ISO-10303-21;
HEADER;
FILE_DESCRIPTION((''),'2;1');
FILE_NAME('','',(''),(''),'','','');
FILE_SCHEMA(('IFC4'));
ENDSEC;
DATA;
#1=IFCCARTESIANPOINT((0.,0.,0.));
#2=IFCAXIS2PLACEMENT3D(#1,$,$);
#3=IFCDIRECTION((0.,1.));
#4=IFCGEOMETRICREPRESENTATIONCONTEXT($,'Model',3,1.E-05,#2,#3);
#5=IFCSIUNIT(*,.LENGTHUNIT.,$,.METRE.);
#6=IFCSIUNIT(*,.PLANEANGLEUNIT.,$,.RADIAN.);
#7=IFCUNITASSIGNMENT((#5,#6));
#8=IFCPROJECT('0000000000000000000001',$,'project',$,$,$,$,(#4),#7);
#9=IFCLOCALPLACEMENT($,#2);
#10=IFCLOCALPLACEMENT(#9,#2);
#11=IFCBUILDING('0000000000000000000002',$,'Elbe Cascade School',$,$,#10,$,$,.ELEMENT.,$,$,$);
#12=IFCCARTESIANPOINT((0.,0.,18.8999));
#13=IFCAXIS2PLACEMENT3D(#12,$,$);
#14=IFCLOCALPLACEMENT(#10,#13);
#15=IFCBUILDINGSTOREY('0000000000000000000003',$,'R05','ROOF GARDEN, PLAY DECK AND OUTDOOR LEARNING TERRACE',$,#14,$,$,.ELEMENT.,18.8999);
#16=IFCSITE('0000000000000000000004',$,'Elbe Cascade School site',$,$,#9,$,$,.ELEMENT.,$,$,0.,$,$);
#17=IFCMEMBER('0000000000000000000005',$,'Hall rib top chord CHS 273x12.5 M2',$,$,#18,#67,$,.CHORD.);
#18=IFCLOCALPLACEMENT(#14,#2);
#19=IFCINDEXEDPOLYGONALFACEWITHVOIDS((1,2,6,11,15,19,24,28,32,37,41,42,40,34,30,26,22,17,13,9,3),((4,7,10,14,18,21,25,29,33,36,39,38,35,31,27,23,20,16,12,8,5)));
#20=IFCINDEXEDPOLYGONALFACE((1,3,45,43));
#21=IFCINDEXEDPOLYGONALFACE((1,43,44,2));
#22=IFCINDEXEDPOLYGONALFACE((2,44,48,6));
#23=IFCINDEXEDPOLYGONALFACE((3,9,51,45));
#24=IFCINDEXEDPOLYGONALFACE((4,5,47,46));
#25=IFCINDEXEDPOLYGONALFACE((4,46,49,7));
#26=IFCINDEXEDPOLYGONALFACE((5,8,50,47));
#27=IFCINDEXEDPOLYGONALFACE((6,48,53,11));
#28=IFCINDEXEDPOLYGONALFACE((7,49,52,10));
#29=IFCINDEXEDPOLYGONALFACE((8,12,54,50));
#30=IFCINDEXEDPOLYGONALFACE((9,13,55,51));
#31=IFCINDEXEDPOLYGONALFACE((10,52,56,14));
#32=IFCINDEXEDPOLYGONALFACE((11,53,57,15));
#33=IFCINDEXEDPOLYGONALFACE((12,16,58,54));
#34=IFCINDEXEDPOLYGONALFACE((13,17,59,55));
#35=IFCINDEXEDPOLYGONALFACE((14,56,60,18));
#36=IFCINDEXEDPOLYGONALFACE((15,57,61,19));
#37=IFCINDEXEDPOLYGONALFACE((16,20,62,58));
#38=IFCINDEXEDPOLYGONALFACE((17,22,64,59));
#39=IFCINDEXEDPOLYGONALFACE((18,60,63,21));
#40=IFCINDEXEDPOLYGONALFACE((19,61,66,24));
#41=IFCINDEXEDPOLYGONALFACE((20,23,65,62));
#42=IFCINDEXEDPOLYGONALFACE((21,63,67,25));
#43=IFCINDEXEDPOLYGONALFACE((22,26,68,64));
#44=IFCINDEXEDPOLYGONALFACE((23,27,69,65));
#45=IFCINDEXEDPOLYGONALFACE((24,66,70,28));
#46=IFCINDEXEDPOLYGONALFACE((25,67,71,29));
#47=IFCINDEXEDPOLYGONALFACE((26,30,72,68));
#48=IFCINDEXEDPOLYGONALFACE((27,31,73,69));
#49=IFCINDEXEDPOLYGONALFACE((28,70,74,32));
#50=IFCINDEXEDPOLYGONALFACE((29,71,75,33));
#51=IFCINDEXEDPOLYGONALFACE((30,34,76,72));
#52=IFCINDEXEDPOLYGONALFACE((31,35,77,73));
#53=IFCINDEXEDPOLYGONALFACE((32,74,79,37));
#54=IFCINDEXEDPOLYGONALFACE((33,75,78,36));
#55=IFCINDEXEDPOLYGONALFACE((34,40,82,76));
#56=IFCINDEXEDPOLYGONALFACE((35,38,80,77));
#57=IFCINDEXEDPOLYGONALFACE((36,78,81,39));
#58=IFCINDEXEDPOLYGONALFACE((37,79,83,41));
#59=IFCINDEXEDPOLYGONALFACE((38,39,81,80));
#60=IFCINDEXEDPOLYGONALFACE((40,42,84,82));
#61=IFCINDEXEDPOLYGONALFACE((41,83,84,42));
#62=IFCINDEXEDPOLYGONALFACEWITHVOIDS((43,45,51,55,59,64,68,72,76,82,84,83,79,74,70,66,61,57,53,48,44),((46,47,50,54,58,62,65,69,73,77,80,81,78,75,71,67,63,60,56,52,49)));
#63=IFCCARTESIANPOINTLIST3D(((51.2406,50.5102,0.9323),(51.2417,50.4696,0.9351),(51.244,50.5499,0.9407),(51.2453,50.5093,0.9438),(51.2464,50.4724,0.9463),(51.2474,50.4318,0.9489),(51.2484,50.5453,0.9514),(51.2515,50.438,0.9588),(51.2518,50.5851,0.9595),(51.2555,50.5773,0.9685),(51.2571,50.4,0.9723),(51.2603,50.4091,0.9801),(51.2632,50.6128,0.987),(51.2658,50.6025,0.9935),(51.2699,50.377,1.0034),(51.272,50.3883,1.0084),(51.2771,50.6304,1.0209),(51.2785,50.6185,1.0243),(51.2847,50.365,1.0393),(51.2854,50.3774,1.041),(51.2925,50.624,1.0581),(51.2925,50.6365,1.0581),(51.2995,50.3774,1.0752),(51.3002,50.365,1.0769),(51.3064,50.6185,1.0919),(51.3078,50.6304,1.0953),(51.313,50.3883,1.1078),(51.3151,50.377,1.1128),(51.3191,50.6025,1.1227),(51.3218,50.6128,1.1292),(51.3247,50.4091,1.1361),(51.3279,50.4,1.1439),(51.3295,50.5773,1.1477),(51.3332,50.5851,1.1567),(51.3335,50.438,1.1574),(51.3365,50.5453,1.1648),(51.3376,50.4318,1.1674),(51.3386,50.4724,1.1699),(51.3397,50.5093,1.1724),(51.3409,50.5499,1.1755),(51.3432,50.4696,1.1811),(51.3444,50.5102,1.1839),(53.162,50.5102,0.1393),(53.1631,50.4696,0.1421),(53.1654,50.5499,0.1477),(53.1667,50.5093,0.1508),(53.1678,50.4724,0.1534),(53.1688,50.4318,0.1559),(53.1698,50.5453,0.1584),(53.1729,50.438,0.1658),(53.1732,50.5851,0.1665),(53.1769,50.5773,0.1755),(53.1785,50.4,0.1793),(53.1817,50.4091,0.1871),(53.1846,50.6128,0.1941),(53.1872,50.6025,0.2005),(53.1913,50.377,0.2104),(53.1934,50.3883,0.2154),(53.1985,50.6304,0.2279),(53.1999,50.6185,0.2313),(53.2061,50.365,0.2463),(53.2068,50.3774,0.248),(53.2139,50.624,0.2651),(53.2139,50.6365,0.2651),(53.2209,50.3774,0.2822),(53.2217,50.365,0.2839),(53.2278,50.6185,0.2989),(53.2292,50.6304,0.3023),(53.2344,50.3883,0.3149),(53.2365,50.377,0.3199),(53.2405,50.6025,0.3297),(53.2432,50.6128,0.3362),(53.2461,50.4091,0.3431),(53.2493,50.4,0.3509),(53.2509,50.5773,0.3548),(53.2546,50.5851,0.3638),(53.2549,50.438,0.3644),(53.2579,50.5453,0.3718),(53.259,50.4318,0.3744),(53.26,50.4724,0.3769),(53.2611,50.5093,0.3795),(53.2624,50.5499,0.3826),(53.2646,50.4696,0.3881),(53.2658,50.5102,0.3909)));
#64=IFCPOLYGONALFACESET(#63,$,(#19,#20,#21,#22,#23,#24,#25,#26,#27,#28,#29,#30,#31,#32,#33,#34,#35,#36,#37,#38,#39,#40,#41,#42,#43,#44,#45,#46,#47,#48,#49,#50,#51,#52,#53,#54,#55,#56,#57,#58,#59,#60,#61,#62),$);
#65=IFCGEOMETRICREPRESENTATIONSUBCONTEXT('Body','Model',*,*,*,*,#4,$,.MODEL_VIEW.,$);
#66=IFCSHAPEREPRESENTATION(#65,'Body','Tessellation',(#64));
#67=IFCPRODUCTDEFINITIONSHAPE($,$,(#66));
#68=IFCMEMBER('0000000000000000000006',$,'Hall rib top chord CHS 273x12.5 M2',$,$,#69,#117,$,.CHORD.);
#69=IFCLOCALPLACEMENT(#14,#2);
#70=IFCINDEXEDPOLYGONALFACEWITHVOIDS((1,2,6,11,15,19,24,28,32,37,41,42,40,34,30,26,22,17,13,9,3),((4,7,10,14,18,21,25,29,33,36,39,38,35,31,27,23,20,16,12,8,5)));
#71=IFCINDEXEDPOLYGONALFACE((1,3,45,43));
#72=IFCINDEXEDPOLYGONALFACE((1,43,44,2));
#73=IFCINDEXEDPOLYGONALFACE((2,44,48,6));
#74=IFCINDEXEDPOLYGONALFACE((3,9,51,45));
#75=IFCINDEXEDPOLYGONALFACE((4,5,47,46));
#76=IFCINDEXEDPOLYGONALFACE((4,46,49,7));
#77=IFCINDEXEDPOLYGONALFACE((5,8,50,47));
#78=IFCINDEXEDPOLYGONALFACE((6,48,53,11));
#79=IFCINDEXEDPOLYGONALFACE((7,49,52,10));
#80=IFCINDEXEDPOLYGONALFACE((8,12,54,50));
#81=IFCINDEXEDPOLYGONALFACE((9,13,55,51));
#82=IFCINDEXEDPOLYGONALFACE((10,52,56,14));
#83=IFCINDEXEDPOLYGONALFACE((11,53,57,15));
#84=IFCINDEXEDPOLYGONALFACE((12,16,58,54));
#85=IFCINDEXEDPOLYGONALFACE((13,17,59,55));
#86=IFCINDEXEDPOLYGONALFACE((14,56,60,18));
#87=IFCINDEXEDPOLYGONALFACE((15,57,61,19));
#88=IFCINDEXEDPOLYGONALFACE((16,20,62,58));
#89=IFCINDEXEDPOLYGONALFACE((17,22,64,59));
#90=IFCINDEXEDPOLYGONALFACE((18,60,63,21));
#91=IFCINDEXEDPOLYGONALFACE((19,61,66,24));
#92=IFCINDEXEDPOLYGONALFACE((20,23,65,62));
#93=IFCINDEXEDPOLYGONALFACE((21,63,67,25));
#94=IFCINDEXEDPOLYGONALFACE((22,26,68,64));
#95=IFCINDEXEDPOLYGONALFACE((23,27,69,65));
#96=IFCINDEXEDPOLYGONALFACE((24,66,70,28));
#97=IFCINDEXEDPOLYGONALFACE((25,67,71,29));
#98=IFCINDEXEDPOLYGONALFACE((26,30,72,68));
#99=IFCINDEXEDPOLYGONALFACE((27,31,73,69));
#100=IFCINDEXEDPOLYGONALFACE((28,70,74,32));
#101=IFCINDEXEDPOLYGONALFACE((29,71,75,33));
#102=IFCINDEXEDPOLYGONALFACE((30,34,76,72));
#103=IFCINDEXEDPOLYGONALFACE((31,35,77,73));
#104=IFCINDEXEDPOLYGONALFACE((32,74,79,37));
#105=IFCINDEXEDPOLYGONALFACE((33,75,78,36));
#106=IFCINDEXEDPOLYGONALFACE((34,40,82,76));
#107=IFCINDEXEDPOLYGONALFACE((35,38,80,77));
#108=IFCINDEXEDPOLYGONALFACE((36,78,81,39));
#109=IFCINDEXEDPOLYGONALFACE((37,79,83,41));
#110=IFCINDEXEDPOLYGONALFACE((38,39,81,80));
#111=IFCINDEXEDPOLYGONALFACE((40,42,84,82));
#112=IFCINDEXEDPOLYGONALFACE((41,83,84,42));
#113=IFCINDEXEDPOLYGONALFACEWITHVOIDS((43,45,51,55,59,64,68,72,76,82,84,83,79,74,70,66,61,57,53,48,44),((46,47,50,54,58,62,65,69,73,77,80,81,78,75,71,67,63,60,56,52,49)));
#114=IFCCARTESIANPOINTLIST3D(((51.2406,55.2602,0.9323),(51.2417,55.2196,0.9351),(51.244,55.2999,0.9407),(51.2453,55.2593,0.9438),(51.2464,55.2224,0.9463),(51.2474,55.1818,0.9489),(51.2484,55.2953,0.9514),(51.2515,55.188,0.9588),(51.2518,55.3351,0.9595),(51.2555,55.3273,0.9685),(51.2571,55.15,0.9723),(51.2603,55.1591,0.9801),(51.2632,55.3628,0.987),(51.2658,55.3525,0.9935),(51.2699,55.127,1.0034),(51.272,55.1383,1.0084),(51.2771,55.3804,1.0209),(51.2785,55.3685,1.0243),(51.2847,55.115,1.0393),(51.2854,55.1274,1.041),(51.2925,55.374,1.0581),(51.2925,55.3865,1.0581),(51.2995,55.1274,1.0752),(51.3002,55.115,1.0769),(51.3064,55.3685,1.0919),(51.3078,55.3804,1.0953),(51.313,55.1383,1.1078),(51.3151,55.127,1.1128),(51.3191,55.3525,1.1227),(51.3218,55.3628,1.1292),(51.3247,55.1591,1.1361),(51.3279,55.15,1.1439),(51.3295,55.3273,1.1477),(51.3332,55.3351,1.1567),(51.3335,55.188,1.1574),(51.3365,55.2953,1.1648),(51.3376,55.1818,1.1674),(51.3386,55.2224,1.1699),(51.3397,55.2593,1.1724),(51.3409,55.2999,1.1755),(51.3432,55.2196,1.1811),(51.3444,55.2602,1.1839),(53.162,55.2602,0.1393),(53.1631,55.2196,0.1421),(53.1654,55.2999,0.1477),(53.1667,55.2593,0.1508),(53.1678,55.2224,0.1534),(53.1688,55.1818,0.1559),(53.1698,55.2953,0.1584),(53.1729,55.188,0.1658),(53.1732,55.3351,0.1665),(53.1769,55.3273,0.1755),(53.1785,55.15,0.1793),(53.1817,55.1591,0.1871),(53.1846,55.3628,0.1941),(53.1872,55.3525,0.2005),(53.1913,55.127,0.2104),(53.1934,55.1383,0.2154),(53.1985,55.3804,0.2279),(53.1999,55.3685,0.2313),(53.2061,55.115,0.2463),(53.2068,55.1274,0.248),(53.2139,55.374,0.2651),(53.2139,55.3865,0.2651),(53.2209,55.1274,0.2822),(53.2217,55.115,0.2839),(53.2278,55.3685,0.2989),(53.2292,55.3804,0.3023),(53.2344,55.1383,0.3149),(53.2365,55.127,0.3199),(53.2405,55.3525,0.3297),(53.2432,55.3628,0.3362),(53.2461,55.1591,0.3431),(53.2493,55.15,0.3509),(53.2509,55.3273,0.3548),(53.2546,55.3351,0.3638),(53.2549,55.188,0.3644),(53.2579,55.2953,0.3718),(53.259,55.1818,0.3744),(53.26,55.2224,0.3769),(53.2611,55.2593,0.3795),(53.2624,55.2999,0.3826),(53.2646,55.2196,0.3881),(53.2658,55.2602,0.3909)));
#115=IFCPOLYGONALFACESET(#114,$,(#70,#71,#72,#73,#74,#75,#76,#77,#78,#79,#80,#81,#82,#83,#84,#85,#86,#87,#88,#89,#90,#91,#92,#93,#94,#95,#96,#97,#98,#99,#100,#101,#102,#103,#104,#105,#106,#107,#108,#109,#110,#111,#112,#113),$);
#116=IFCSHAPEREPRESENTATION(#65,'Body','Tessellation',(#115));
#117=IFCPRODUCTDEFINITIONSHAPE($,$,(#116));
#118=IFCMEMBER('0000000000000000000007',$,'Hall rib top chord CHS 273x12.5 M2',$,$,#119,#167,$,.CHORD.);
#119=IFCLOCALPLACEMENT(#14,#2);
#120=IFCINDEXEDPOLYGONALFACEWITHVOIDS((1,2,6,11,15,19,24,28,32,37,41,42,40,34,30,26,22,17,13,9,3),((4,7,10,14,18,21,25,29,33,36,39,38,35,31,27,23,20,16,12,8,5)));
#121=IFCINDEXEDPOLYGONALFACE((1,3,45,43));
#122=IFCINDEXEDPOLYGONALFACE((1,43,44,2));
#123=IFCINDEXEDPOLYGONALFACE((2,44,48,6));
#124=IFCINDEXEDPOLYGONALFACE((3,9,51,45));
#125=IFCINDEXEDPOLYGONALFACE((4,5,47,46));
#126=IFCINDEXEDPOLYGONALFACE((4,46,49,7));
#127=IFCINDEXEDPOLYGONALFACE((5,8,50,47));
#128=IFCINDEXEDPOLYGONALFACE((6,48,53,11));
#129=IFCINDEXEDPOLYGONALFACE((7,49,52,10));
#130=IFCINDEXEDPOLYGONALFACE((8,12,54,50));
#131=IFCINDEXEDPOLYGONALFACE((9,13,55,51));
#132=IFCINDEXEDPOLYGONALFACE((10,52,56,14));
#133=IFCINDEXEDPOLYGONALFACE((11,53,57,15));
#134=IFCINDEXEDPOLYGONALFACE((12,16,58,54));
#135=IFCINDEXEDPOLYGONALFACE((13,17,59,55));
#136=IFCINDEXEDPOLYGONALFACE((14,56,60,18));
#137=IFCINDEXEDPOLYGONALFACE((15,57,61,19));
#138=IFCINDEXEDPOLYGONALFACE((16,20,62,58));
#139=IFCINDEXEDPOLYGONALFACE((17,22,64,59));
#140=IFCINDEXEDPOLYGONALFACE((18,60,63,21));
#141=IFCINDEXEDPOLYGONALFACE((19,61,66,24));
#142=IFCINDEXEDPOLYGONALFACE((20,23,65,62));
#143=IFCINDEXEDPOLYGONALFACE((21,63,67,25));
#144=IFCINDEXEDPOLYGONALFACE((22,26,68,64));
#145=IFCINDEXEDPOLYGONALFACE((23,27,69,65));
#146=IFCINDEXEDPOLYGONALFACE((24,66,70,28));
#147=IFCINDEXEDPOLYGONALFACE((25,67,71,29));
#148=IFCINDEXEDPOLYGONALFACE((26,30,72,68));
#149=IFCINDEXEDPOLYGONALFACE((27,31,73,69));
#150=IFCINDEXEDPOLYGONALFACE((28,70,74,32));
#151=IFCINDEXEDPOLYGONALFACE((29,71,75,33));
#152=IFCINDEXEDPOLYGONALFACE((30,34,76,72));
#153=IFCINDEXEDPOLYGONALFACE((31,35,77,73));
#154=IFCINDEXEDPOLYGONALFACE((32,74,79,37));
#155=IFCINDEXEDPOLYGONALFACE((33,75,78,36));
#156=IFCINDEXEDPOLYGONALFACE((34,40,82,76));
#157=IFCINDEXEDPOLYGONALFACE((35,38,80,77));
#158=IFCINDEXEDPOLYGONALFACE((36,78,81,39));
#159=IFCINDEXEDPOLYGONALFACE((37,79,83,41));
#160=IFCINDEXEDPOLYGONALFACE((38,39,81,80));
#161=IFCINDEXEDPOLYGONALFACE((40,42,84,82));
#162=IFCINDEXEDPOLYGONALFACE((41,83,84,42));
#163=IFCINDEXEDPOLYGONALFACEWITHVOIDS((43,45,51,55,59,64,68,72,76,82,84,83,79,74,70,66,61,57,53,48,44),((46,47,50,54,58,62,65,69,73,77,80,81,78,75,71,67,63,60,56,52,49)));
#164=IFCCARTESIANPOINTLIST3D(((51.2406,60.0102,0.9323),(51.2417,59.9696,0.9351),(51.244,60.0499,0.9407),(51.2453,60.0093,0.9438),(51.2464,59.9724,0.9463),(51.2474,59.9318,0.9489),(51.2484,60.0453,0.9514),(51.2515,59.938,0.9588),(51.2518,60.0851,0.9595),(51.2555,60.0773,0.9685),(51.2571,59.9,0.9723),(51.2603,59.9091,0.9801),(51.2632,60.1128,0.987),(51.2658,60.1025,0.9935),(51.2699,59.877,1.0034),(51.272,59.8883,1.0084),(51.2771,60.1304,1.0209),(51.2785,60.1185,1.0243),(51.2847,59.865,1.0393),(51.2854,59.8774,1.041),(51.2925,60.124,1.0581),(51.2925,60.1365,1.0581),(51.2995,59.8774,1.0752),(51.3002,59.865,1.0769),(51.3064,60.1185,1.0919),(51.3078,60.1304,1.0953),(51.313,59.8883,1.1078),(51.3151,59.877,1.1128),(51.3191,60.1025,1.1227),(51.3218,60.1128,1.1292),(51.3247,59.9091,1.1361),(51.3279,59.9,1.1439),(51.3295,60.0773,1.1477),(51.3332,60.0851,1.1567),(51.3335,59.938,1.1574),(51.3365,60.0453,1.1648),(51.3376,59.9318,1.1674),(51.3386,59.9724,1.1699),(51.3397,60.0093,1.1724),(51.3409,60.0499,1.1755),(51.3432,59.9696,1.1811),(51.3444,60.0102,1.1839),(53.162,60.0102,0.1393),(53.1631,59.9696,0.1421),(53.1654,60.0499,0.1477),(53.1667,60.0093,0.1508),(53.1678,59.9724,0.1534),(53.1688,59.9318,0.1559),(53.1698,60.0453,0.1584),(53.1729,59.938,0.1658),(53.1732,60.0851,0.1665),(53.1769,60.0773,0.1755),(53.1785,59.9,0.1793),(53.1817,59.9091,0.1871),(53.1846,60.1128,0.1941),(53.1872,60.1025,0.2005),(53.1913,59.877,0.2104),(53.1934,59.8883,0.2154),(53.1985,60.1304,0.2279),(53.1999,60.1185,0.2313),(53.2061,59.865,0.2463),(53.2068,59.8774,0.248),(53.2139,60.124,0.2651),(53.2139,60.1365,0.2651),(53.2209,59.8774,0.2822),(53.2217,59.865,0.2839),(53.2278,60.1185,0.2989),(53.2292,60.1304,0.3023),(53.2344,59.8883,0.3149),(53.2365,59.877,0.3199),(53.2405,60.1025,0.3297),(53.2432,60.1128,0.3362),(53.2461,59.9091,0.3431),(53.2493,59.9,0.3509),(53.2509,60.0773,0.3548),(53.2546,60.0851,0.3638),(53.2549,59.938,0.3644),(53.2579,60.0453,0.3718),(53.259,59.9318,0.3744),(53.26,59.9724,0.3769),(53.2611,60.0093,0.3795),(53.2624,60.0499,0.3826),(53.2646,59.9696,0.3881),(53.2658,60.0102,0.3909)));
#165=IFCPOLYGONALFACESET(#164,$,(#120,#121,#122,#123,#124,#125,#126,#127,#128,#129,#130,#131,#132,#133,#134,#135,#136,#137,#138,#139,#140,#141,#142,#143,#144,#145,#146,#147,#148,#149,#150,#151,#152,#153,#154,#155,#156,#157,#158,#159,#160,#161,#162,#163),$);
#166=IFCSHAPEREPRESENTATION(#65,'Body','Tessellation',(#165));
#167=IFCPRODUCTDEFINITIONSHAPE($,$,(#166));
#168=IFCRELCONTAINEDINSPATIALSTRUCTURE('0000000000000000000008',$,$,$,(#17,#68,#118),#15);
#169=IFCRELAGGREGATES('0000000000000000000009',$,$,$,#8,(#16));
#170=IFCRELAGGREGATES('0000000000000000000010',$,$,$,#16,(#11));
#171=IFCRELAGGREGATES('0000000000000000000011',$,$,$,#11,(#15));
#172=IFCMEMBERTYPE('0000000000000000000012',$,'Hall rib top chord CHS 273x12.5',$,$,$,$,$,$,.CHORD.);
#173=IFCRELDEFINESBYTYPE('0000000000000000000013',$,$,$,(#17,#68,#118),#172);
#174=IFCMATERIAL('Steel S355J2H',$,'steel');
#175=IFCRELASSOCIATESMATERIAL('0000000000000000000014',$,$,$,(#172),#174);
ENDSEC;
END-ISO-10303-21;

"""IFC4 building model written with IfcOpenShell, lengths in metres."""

from ifc_helpers import new_model, si_unit, direction, frame, origin, origin_2d, place, context, subcontext, project, spatial, hollow_circle, extrude, material, material_profile, profile_set, type_object, element, save


model = new_model("IFC4")

# Units and contexts
model_context = context("Model", 3, precision=1e-05, world=origin(), true_north=direction((0.0, 1.0)))
body_context = subcontext(model_context, "Body", "Model", "MODEL_VIEW")
ifc_project = project(units=[si_unit("LENGTHUNIT", "METRE"), si_unit("PLANEANGLEUNIT", "RADIAN")], contexts=[model_context])

# Site, building, storey
site_placement = place(None, origin())
site = spatial("IfcSite", under=ifc_project, at=site_placement, Name="Elbe Cascade School site", CompositionType="ELEMENT", RefElevation=0.0)
building_placement = place(site_placement, origin())
building = spatial("IfcBuilding", under=site, at=building_placement, Name="Elbe Cascade School", CompositionType="ELEMENT")
storey_placement = place(building_placement, frame((0.0, 0.0, 18.8999)))
storey = spatial("IfcBuildingStorey", under=building, at=storey_placement, Name="R05", Description="ROOF GARDEN, PLAY DECK AND OUTDOOR LEARNING TERRACE", CompositionType="ELEMENT", Elevation=18.8999)

# Members
ifc_material_1 = material(Name="Steel S355J2H", Category="steel")
ifc_material_profile_1 = material_profile(ifc_material_1, hollow_circle(Radius=0.1365, WallThickness=0.0125, at=origin_2d()), Name="CHS 273x12.5")
ifc_profile_set_1 = profile_set([ifc_material_profile_1], Name="Steel S355J2H")
member_type_1 = type_object("IfcMemberType", Name="Hall rib top chord CHS 273x12.5", PredefinedType="CHORD", material=ifc_profile_set_1)
for number, where, z_axis, x_axis, name in (
    (1, (51.2925, 50.5, 1.0581), (0.924371, 0.0, -0.381494), (0.0, 1.0, 0.0), "Hall rib top chord CHS 273x12.5 M2"),
    (2, (51.2925, 55.25, 1.0581), (0.924371, 0.0, -0.381494), (0.0, 1.0, 0.0), "Hall rib top chord CHS 273x12.5 M2"),
    (3, (51.2925, 60.0, 1.0581), (0.924371, 0.0, -0.381494), (0.0, 1.0, 0.0), "Hall rib top chord CHS 273x12.5 M2"),
):
    element("IfcMember", number, at=place(storey_placement, frame(where, z_axis=z_axis, x_axis=x_axis)), inside=storey, type_object=member_type_1, Name=name, PredefinedType="CHORD", context=body_context, shape_type="SweptSolid", body=[
        extrude(hollow_circle(Radius=0.1365, WallThickness=0.0125, at=origin_2d()), origin(), (0.0, 0.0, 1.0), 2.0786),
    ])

save(model, "model.ifc")
